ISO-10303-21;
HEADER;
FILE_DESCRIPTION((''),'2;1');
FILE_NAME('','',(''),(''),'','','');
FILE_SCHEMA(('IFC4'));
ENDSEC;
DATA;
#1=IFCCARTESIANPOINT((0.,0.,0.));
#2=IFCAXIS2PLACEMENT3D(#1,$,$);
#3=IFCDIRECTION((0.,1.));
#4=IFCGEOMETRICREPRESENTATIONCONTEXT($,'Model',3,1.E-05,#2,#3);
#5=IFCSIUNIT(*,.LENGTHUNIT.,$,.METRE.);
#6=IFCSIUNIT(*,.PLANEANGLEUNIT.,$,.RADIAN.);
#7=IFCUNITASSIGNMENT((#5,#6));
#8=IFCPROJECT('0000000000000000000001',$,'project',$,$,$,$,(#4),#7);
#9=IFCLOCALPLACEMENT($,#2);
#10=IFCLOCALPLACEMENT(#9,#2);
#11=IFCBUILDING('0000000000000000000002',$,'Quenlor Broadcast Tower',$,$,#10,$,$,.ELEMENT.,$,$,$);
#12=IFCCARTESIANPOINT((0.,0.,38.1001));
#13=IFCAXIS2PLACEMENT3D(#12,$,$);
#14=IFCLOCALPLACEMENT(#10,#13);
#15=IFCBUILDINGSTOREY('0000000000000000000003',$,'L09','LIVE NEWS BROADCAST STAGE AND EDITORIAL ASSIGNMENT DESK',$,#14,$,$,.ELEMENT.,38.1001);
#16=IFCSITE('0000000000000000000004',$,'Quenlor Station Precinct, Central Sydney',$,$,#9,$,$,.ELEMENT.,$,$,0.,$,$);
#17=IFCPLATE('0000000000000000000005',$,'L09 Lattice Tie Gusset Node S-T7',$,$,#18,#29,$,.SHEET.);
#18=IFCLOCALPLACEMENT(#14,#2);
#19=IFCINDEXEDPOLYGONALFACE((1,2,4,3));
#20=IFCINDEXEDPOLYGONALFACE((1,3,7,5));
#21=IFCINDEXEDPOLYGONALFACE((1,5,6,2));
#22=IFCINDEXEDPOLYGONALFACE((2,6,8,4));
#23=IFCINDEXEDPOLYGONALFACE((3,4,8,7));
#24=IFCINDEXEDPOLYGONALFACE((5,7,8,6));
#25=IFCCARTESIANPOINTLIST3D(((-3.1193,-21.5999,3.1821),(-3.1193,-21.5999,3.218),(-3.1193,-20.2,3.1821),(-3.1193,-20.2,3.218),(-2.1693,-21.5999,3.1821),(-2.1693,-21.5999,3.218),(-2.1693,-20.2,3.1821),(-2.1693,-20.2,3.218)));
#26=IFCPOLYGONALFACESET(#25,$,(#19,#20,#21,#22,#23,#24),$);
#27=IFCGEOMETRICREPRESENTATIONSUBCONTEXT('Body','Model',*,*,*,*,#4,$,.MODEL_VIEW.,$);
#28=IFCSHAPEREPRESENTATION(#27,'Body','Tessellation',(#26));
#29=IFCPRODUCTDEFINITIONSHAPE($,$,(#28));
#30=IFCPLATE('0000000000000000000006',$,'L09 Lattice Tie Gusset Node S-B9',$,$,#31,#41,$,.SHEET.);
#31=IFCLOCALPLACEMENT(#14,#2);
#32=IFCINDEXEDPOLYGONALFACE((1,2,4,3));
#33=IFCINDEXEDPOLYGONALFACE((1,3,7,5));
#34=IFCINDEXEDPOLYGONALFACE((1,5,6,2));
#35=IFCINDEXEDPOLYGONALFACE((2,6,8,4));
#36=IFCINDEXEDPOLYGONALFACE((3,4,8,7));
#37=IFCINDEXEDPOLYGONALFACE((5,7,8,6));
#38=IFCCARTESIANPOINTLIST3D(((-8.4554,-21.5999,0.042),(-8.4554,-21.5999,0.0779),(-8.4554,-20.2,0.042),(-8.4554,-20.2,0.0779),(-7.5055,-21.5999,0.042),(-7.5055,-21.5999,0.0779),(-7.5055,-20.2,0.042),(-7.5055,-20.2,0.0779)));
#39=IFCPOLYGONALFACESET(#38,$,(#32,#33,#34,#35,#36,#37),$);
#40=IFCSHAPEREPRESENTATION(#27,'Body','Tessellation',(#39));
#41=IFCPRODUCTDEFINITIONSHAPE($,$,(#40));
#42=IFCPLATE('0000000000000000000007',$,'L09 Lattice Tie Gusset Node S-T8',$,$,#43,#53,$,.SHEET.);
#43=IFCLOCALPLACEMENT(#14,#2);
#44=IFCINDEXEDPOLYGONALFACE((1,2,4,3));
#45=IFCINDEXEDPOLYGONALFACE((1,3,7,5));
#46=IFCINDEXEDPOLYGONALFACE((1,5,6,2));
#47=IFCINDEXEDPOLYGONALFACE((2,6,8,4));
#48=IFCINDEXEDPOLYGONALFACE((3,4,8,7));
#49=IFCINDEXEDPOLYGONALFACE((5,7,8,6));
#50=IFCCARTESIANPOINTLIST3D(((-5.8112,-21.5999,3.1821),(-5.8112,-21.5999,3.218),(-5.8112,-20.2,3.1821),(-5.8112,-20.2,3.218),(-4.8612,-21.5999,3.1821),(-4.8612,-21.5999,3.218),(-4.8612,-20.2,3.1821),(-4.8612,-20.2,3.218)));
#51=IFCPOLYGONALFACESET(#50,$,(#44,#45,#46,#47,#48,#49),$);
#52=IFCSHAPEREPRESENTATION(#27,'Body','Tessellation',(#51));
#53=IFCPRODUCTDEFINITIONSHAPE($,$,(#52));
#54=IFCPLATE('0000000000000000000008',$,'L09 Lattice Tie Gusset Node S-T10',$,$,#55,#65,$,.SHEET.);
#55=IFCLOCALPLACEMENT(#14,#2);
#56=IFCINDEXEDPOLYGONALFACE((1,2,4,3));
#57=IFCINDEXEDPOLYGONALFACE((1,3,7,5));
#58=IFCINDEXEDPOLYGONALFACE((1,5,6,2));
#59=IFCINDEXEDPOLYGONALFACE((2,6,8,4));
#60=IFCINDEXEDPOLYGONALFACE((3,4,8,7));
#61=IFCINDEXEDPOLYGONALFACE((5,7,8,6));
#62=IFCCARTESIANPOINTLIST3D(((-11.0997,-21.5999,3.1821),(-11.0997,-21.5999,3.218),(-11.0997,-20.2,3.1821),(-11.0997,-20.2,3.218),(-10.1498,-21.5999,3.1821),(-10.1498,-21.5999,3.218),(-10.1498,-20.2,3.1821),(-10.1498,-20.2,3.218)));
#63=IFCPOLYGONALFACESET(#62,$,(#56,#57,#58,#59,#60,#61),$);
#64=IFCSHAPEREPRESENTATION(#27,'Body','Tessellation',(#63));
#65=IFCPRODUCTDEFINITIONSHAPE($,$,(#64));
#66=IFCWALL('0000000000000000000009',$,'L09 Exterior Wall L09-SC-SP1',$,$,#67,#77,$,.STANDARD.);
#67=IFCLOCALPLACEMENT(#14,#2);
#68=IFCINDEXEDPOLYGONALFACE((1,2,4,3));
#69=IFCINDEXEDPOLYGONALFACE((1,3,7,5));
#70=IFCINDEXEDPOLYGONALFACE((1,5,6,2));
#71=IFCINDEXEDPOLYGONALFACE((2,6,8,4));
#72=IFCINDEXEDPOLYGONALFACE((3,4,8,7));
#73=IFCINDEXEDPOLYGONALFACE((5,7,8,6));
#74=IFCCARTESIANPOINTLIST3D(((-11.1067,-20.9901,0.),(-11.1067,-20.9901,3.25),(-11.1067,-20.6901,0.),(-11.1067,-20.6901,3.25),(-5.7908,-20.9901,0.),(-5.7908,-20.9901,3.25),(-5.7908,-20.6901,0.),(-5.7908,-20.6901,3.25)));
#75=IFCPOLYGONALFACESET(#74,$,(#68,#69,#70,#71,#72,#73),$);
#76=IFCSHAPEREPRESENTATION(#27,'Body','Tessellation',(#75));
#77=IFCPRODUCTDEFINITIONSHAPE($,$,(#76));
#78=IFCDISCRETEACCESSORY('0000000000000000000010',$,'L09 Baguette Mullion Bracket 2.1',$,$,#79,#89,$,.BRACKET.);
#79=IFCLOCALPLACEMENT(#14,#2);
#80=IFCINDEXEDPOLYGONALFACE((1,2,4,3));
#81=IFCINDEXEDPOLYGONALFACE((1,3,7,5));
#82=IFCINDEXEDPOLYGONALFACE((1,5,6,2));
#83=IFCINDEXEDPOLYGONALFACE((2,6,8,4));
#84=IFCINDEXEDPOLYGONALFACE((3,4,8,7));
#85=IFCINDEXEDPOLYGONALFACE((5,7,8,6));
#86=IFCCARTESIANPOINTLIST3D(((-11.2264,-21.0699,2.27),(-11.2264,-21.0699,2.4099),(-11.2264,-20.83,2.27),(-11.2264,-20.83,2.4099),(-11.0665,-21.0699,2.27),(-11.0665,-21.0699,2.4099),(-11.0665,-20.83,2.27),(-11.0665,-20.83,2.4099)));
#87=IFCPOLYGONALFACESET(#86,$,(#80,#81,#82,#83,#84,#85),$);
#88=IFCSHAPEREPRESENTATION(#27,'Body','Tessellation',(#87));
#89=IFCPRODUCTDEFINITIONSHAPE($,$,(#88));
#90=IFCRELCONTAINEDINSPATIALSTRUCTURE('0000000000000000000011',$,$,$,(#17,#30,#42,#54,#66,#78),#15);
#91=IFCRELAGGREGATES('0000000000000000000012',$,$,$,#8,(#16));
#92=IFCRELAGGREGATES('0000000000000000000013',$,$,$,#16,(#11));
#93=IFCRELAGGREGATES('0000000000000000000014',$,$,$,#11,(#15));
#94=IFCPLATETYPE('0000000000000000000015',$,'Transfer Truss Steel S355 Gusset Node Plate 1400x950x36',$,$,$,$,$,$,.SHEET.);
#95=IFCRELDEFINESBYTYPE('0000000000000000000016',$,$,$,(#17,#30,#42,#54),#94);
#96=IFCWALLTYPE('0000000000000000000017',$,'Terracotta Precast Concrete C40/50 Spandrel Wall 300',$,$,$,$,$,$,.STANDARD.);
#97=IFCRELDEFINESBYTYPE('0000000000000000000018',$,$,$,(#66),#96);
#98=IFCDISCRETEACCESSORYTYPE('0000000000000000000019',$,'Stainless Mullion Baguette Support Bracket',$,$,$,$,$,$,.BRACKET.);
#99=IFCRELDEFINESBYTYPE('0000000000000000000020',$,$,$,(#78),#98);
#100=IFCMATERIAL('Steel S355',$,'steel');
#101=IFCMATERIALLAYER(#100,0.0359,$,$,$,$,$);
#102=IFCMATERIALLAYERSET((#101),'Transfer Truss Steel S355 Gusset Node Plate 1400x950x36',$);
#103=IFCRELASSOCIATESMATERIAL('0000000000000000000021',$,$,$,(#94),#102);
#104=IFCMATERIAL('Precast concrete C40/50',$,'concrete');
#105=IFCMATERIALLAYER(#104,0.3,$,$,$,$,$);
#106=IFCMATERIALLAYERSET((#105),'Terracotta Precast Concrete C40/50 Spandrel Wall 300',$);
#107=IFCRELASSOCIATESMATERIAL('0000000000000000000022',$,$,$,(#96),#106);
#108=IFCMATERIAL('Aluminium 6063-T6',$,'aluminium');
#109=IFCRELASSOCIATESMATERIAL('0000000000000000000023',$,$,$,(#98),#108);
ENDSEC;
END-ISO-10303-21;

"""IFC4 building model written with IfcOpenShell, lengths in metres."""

from ifc_helpers import new_model, si_unit, direction, frame, frame_2d, origin, origin_2d, place, context, subcontext, project, spatial, rectangle, extrude, material, layer, layer_set, type_object, element, save


model = new_model("IFC4")

# Units and contexts
model_context = context("Model", 3, precision=1e-05, world=origin(), true_north=direction((0.0, 1.0)))
body_context = subcontext(model_context, "Body", "Model", "MODEL_VIEW")
ifc_project = project(units=[si_unit("LENGTHUNIT", "METRE"), si_unit("PLANEANGLEUNIT", "RADIAN")], contexts=[model_context])

# Site, building, storey
site_placement = place(None, origin())
site = spatial("IfcSite", under=ifc_project, at=site_placement, Name="Quenlor Station Precinct, Central Sydney", CompositionType="ELEMENT", RefElevation=0.0)
building_placement = place(site_placement, origin())
building = spatial("IfcBuilding", under=site, at=building_placement, Name="Quenlor Broadcast Tower", CompositionType="ELEMENT")
storey_placement = place(building_placement, frame((0.0, 0.0, 38.1001)))
storey = spatial("IfcBuildingStorey", under=building, at=storey_placement, Name="L09", Description="LIVE NEWS BROADCAST STAGE AND EDITORIAL ASSIGNMENT DESK", CompositionType="ELEMENT", Elevation=38.1001)

# Plates
ifc_material_1 = material(Name="Steel S355", Category="steel")
ifc_layer_1 = layer(ifc_material_1, 0.0359)
ifc_layer_set_1 = layer_set([ifc_layer_1], Name="Transfer Truss Steel S355 Gusset Node Plate 1400x950x36")
plate_type_1 = type_object("IfcPlateType", Name="Transfer Truss Steel S355 Gusset Node Plate 1400x950x36", PredefinedType="SHEET", material=ifc_layer_set_1)
for number, where, z_axis, x_axis, name in (
    (1, (-2.6443, -20.8999, 3.1821), (0.0, 0.0, 1.0), (0.0, -1.0, 0.0), "L09 Lattice Tie Gusset Node S-T7"),
    (2, (-7.9805, -20.8999, 0.042), (0.0, 0.0, 1.0), (0.0, -1.0, 0.0), "L09 Lattice Tie Gusset Node S-B9"),
    (3, (-5.3362, -20.8999, 3.1821), (0.0, 0.0, 1.0), (0.0, -1.0, 0.0), "L09 Lattice Tie Gusset Node S-T8"),
    (4, (-10.6248, -20.8999, 3.1821), (0.0, 0.0, 1.0), (0.0, -1.0, 0.0), "L09 Lattice Tie Gusset Node S-T10"),
):
    element("IfcPlate", number, at=place(storey_placement, frame(where, z_axis=z_axis, x_axis=x_axis)), inside=storey, type_object=plate_type_1, Name=name, PredefinedType="SHEET", context=body_context, shape_type="SweptSolid", body=[
        extrude(rectangle(XDim=1.3999, YDim=0.95, at=origin_2d()), origin(), (0.0, 0.0, 1.0), 0.0359),
    ])

# Wall
ifc_material_2 = material(Name="Precast concrete C40/50", Category="concrete")
ifc_layer_2 = layer(ifc_material_2, 0.3)
ifc_layer_set_2 = layer_set([ifc_layer_2], Name="Terracotta Precast Concrete C40/50 Spandrel Wall 300")
wall_type = type_object("IfcWallType", Name="Terracotta Precast Concrete C40/50 Spandrel Wall 300", PredefinedType="STANDARD", material=ifc_layer_set_2)
wall_placement = place(storey_placement, frame((-5.7908, -20.8401, 0.0), z_axis=(0.0, 0.0, 1.0), x_axis=(-1.0, 0.0, 0.0)))
element("IfcWall", 5, at=wall_placement, inside=storey, type_object=wall_type, Name="L09 Exterior Wall L09-SC-SP1", PredefinedType="STANDARD", context=body_context, shape_type="SweptSolid", body=[
    extrude(rectangle(XDim=5.3159, YDim=0.3, at=frame_2d((2.658, 0.0))), origin(), (0.0, 0.0, 1.0), 3.25),
])

# Discrete accessory
ifc_material_3 = material(Name="Aluminium 6063-T6", Category="aluminium")
discrete_accessory_type = type_object("IfcDiscreteAccessoryType", Name="Stainless Mullion Baguette Support Bracket", PredefinedType="BRACKET", material=ifc_material_3)
discrete_accessory_placement = place(storey_placement, frame((-11.1465, -20.95, 2.27), z_axis=(0.0, 0.0, 1.0), x_axis=(-1.0, 0.0, 0.0)))
element("IfcDiscreteAccessory", 6, at=discrete_accessory_placement, inside=storey, type_object=discrete_accessory_type, Name="L09 Baguette Mullion Bracket 2.1", PredefinedType="BRACKET", context=body_context, shape_type="SweptSolid", body=[
    extrude(rectangle(XDim=0.1599, YDim=0.24, at=origin_2d()), origin(), (0.0, 0.0, 1.0), 0.1399),
])

save(model, "model.ifc")
